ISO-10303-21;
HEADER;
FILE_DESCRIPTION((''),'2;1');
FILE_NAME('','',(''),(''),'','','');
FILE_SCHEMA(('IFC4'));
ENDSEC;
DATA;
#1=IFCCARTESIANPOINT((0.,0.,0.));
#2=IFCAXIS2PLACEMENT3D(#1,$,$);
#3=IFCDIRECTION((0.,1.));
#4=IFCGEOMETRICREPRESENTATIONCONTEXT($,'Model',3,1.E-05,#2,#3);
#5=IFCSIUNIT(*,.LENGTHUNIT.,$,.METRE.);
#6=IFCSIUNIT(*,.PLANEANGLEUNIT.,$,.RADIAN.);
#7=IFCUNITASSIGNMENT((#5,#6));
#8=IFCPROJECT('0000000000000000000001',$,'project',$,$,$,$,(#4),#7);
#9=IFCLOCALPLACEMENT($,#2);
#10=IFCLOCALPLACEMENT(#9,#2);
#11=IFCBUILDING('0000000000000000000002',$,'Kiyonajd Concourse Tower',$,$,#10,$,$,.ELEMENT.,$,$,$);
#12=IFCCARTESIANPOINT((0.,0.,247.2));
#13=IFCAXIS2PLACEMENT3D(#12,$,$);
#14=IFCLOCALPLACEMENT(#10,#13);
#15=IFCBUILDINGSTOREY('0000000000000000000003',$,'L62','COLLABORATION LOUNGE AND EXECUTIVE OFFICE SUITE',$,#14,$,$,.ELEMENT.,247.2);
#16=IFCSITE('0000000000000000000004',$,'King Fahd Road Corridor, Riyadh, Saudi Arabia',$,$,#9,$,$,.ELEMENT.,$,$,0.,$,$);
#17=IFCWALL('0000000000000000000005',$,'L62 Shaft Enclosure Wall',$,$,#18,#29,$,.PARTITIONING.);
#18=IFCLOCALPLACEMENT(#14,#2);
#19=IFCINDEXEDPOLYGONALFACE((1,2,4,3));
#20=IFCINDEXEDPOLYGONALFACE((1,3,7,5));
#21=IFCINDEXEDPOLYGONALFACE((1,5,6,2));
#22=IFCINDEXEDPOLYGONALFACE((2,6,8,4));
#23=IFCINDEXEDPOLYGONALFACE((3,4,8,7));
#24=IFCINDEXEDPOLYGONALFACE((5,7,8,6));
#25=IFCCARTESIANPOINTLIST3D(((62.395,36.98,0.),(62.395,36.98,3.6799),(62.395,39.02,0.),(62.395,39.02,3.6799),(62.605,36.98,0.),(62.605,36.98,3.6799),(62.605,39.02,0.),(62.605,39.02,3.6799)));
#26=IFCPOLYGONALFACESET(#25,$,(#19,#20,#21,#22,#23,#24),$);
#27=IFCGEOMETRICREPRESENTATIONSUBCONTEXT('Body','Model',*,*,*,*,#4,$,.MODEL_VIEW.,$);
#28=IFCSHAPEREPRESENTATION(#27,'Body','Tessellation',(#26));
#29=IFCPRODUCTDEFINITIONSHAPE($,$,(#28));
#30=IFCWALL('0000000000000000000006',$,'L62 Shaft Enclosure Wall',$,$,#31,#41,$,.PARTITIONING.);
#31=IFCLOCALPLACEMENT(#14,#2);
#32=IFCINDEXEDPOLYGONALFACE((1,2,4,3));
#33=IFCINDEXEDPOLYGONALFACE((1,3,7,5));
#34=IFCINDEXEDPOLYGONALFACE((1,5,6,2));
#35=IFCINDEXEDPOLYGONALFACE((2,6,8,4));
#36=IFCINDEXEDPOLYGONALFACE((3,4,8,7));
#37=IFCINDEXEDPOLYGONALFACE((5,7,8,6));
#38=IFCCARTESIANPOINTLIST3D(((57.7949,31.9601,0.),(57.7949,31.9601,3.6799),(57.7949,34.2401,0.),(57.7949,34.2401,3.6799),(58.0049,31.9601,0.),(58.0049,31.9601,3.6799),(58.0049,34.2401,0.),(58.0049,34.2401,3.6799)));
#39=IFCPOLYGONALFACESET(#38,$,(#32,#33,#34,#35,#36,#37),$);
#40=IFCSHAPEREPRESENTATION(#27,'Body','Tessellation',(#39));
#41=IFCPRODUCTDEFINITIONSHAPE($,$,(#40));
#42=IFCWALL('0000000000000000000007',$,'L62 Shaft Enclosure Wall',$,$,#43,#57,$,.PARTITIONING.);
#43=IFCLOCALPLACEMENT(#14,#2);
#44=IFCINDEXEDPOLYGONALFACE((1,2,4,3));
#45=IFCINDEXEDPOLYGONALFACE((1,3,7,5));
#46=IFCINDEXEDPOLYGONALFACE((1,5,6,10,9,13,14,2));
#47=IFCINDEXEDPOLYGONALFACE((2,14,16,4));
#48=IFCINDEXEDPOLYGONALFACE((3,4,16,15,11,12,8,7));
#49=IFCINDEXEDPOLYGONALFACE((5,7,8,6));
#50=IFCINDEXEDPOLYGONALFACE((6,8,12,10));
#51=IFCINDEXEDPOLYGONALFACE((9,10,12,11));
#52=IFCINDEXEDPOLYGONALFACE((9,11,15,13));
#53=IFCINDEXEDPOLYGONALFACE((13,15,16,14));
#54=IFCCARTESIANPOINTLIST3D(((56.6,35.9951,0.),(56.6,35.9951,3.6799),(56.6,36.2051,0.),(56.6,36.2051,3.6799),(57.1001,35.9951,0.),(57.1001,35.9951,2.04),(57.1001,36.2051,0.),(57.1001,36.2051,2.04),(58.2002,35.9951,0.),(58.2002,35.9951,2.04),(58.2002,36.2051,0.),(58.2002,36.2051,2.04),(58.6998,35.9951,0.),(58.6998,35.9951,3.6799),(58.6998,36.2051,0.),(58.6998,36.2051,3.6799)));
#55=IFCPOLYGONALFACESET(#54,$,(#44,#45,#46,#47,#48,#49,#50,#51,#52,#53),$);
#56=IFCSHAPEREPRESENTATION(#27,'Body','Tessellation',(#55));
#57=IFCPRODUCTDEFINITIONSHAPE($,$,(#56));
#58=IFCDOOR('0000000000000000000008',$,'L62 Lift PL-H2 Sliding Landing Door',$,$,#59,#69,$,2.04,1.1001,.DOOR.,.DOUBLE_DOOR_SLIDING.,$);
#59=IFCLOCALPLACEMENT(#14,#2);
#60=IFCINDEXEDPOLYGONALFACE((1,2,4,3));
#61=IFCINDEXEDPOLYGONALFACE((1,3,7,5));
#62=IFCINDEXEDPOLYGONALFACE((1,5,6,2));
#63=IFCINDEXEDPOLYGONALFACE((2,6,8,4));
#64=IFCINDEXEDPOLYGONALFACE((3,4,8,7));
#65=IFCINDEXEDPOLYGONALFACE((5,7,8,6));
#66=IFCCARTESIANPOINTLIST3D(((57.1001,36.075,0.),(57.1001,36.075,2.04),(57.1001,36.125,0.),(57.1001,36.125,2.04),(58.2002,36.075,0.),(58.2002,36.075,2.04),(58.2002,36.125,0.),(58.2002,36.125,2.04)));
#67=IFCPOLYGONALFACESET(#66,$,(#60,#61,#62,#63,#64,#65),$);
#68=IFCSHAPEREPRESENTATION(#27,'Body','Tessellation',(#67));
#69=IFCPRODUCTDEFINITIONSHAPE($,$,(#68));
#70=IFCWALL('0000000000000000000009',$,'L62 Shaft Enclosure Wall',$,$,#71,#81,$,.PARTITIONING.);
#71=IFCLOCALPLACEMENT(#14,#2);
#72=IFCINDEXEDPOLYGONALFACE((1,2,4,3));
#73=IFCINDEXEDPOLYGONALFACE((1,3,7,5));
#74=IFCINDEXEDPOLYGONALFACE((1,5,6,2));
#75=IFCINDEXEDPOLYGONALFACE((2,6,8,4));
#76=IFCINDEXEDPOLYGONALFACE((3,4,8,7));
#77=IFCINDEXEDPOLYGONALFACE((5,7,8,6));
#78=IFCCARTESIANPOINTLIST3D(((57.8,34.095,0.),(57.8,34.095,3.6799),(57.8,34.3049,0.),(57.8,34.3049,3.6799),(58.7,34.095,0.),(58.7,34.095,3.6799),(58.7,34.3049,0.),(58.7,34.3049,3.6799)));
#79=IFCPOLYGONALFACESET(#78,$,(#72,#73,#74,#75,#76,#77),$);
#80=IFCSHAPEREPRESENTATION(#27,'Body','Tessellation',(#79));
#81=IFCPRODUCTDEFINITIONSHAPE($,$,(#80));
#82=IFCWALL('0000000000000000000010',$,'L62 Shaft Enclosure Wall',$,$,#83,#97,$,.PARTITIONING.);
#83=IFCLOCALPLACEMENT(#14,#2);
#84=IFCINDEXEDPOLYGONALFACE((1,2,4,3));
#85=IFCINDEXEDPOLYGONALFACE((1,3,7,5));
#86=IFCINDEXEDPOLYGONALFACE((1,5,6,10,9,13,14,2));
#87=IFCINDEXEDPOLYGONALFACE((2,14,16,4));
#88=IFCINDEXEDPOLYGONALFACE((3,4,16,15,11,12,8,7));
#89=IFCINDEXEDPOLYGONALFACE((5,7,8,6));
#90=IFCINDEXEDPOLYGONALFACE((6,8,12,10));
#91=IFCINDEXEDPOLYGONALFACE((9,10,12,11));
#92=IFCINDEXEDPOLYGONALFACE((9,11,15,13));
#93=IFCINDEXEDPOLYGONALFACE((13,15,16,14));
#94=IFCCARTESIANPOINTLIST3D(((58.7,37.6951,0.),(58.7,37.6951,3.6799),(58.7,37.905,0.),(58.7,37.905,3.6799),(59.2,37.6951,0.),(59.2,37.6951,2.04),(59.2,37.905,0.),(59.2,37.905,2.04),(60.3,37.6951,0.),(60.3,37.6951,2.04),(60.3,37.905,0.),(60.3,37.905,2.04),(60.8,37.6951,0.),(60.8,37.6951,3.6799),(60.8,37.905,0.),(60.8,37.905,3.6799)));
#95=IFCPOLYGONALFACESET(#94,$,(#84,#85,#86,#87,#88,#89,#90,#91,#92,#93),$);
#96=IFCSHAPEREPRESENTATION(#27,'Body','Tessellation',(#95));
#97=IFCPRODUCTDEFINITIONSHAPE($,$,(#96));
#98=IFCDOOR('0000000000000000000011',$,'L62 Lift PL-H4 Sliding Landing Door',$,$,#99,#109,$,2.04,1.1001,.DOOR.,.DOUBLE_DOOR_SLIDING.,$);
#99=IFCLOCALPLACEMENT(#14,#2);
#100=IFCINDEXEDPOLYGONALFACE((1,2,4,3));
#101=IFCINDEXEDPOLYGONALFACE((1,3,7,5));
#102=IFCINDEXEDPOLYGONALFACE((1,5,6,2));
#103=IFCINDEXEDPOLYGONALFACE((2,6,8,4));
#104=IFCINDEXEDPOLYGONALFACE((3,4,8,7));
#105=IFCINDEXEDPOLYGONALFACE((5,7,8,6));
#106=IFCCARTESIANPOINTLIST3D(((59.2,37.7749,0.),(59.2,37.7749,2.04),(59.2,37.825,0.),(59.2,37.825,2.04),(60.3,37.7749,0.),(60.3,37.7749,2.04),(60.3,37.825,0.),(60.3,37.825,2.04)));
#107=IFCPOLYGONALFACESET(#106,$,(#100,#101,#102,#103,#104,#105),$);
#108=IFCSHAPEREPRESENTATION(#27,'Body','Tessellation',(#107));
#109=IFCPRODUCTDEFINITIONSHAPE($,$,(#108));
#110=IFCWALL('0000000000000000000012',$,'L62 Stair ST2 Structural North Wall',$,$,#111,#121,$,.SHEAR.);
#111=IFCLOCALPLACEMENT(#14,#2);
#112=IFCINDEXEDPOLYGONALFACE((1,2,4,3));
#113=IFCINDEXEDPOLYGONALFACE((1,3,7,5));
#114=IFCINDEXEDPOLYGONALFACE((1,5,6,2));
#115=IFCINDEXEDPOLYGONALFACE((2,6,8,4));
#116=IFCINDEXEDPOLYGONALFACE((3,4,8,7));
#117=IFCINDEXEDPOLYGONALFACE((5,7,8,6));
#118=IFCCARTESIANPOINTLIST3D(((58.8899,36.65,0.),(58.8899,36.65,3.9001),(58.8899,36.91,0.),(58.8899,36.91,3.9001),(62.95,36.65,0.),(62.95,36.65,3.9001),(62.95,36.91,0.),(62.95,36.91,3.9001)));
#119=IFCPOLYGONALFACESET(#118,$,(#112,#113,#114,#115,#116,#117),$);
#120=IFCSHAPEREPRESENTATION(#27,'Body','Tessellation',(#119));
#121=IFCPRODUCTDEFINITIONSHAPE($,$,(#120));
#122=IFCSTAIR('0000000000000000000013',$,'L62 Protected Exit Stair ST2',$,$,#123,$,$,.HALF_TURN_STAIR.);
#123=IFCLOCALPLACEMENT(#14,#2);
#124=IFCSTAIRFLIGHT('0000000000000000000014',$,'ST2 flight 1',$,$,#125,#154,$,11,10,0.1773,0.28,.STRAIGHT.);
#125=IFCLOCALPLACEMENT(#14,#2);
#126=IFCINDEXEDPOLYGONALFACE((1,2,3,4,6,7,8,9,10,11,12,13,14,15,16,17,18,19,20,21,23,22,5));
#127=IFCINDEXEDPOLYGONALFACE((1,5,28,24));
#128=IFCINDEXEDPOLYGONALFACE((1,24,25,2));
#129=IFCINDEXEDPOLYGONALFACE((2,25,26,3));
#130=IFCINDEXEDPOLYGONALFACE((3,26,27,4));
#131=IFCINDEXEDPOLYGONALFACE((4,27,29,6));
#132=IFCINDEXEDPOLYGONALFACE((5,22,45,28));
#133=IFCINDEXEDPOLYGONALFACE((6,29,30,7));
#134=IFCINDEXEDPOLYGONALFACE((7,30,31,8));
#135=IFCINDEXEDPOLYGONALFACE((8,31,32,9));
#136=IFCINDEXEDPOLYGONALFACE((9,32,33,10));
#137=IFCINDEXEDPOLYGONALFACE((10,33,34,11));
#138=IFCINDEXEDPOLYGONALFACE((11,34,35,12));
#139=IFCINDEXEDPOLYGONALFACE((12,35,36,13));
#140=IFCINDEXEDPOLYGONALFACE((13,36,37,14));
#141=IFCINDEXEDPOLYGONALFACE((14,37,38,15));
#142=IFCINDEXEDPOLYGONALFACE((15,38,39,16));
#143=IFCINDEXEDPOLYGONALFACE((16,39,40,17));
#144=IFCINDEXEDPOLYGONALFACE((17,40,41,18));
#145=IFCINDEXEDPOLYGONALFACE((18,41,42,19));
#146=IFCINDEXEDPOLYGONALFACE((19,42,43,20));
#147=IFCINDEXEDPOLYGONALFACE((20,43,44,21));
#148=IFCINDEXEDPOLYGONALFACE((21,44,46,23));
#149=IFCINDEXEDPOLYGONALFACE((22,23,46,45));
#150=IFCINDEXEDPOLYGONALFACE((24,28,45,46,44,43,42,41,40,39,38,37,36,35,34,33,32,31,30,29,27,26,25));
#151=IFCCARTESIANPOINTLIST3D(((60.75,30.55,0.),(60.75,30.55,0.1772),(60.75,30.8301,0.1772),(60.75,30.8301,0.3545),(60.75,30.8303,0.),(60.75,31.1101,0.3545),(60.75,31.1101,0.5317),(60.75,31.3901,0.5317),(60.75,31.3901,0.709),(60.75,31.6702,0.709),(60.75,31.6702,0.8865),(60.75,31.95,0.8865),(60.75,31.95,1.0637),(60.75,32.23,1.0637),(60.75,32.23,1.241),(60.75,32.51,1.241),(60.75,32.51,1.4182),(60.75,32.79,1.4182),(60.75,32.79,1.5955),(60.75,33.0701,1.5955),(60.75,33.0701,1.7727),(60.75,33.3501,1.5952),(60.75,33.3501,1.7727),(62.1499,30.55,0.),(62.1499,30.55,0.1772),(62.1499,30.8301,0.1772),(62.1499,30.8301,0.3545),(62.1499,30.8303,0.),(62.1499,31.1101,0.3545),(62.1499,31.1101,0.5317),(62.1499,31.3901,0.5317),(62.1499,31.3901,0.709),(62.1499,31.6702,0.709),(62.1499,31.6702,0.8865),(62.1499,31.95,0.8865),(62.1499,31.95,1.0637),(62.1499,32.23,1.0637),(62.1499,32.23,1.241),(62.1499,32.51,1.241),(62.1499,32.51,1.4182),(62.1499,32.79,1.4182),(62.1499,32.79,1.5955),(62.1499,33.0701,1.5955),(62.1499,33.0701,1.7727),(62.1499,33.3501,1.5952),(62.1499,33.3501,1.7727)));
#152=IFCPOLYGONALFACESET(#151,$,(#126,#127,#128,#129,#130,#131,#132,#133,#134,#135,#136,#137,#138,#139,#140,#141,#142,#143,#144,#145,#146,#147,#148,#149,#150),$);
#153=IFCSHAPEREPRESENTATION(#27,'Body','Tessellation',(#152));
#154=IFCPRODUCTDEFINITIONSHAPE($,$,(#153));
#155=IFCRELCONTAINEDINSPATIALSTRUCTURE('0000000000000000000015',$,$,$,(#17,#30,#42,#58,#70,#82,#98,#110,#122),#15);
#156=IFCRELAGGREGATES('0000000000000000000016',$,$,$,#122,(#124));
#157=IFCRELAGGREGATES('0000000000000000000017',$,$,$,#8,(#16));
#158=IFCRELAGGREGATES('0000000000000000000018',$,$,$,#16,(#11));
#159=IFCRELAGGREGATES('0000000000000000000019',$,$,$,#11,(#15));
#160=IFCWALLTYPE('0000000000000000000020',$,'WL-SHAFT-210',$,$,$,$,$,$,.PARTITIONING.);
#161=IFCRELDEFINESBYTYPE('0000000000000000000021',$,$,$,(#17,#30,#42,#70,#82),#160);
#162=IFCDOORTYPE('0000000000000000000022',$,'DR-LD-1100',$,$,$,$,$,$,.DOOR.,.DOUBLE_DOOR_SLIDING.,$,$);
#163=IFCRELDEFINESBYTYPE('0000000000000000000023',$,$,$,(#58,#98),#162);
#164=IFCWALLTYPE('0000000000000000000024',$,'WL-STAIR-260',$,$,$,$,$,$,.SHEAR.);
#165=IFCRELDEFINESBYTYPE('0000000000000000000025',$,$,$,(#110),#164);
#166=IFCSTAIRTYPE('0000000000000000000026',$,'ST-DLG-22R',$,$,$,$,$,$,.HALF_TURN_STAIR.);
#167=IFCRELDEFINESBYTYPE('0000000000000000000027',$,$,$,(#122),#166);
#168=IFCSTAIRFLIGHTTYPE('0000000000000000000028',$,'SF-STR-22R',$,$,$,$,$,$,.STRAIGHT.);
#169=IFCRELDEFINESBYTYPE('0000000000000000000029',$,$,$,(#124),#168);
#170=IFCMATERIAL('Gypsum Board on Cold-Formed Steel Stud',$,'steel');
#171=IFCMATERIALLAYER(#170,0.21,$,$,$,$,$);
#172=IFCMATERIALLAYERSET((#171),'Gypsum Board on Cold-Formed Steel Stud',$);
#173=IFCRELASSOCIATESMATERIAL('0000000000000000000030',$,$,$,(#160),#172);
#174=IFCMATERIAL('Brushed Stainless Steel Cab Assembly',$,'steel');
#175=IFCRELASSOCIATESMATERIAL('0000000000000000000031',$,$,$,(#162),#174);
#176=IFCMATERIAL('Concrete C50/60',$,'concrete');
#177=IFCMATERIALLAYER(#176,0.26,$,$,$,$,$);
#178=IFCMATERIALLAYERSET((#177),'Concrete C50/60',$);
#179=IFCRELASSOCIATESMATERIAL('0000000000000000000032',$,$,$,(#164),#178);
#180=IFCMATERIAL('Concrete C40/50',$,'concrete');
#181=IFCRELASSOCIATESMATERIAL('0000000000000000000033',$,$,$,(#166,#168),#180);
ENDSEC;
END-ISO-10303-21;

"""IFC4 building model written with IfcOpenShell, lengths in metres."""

from ifc_helpers import new_model, si_unit, direction, frame, frame_2d, origin, place, context, subcontext, project, spatial, polyline, rectangle, outline, extrude, material, layer, layer_set, type_object, element, fill, aggregate, save


model = new_model("IFC4")

# Units and contexts
model_context = context("Model", 3, precision=1e-05, world=origin(), true_north=direction((0.0, 1.0)))
body_context = subcontext(model_context, "Body", "Model", "MODEL_VIEW")
ifc_project = project(units=[si_unit("LENGTHUNIT", "METRE"), si_unit("PLANEANGLEUNIT", "RADIAN")], contexts=[model_context])

# Site, building, storey
site_placement = place(None, origin())
site = spatial("IfcSite", under=ifc_project, at=site_placement, Name="King Fahd Road Corridor, Riyadh, Saudi Arabia", CompositionType="ELEMENT", RefElevation=0.0)
building_placement = place(site_placement, origin())
building = spatial("IfcBuilding", under=site, at=building_placement, Name="Kiyonajd Concourse Tower", CompositionType="ELEMENT")
storey_placement = place(building_placement, frame((0.0, 0.0, 247.2)))
storey = spatial("IfcBuildingStorey", under=building, at=storey_placement, Name="L62", Description="COLLABORATION LOUNGE AND EXECUTIVE OFFICE SUITE", CompositionType="ELEMENT", Elevation=247.2)

# Shared definitions
ifc_material_1 = material(Name="Concrete C50/60", Category="concrete")

# Walls
ifc_material_2 = material(Name="Gypsum Board on Cold-Formed Steel Stud", Category="steel")
ifc_layer_1 = layer(ifc_material_2, 0.21)
ifc_layer_set_1 = layer_set([ifc_layer_1], Name="Gypsum Board on Cold-Formed Steel Stud")
wall_type_1 = type_object("IfcWallType", Name="WL-SHAFT-210", PredefinedType="PARTITIONING", material=ifc_layer_set_1)
wall_1_placement = place(storey_placement, frame((62.5, 36.98, 0.0), z_axis=(0.0, 0.0, 1.0), x_axis=(0.0, 1.0, 0.0)))
element("IfcWall", 1, at=wall_1_placement, inside=storey, type_object=wall_type_1, Name="L62 Shaft Enclosure Wall", PredefinedType="PARTITIONING", context=body_context, shape_type="SweptSolid", body=[
    extrude(rectangle(XDim=2.04, YDim=0.21, at=frame_2d((1.02, 0.0))), origin(), (0.0, 0.0, 1.0), 3.6799),
])
wall_2_placement = place(storey_placement, frame((57.8999, 31.96, 0.0), z_axis=(0.0, 0.0, 1.0), x_axis=(0.0, 1.0, 0.0)))
element("IfcWall", 2, at=wall_2_placement, inside=storey, type_object=wall_type_1, Name="L62 Shaft Enclosure Wall", PredefinedType="PARTITIONING", context=body_context, shape_type="SweptSolid", body=[
    extrude(rectangle(XDim=2.28, YDim=0.21, at=frame_2d((1.1401, 0.0))), origin(), (0.0, 0.0, 1.0), 3.6799),
])

# Wall, opening, door
wall_3_placement = place(storey_placement, frame((56.6001, 36.1001, 0.0), z_axis=(0.0, 0.0, 1.0), x_axis=(1.0, 0.0, 0.0)))
wall_3 = element("IfcWall", 3, at=wall_3_placement, inside=storey, type_object=wall_type_1, Name="L62 Shaft Enclosure Wall", PredefinedType="PARTITIONING", context=body_context, shape_type="SweptSolid", body=[
    extrude(rectangle(XDim=2.0999, YDim=0.21, at=frame_2d((1.0498, 0.0))), origin(), (0.0, 0.0, 1.0), 3.6799),
])
opening_1_placement = place(wall_3_placement, frame((0.5, 0.0, 0.0)))
opening_1 = element("IfcOpeningElement", 4, at=opening_1_placement, cuts=wall_3, PredefinedType="OPENING", context=body_context, shape_type="SweptSolid", body=[
    extrude(rectangle(XDim=1.1001, YDim=2.04, at=frame_2d((0.55, 1.02))), frame((0.0, 0.115, 0.0), z_axis=(0.0, -1.0, 0.0), x_axis=(1.0, 0.0, 0.0)), (0.0, 0.0, 1.0), 0.23),
])
ifc_material_3 = material(Name="Brushed Stainless Steel Cab Assembly", Category="steel")
door_type = type_object("IfcDoorType", Name="DR-LD-1100", OperationType="DOUBLE_DOOR_SLIDING", PredefinedType="DOOR", material=ifc_material_3)
door_1_placement = place(opening_1_placement, origin())
door_1 = element("IfcDoor", 5, at=door_1_placement, inside=storey, type_object=door_type, Name="L62 Lift PL-H2 Sliding Landing Door", OperationType="DOUBLE_DOOR_SLIDING", OverallHeight=2.04, OverallWidth=1.1001, PredefinedType="DOOR", context=body_context, shape_type="SweptSolid", body=[
    extrude(rectangle(XDim=1.1001, YDim=2.04, at=frame_2d((0.55, 1.02))), frame((0.0, 0.0249, 0.0), z_axis=(0.0, -1.0, 0.0), x_axis=(1.0, 0.0, 0.0)), (0.0, 0.0, 1.0), 0.05),
])
fill(opening_1, door_1)

# Wall
wall_4_placement = place(storey_placement, frame((57.8, 34.2, 0.0), z_axis=(0.0, 0.0, 1.0), x_axis=(1.0, 0.0, 0.0)))
element("IfcWall", 6, at=wall_4_placement, inside=storey, type_object=wall_type_1, Name="L62 Shaft Enclosure Wall", PredefinedType="PARTITIONING", context=body_context, shape_type="SweptSolid", body=[
    extrude(rectangle(XDim=0.8999, YDim=0.21, at=frame_2d((0.45, 0.0))), origin(), (0.0, 0.0, 1.0), 3.6799),
])

# Wall, opening, door
wall_5_placement = place(storey_placement, frame((58.7, 37.8, 0.0), z_axis=(0.0, 0.0, 1.0), x_axis=(1.0, 0.0, 0.0)))
wall_5 = element("IfcWall", 7, at=wall_5_placement, inside=storey, type_object=wall_type_1, Name="L62 Shaft Enclosure Wall", PredefinedType="PARTITIONING", context=body_context, shape_type="SweptSolid", body=[
    extrude(rectangle(XDim=2.1001, YDim=0.21, at=frame_2d((1.05, 0.0))), origin(), (0.0, 0.0, 1.0), 3.6799),
])
opening_2_placement = place(wall_5_placement, frame((0.5, 0.0, 0.0)))
opening_2 = element("IfcOpeningElement", 8, at=opening_2_placement, cuts=wall_5, PredefinedType="OPENING", context=body_context, shape_type="SweptSolid", body=[
    extrude(rectangle(XDim=1.1001, YDim=2.04, at=frame_2d((0.55, 1.02))), frame((0.0, 0.115, 0.0), z_axis=(0.0, -1.0, 0.0), x_axis=(1.0, 0.0, 0.0)), (0.0, 0.0, 1.0), 0.23),
])
door_2_placement = place(opening_2_placement, origin())
door_2 = element("IfcDoor", 9, at=door_2_placement, inside=storey, type_object=door_type, Name="L62 Lift PL-H4 Sliding Landing Door", OperationType="DOUBLE_DOOR_SLIDING", OverallHeight=2.04, OverallWidth=1.1001, PredefinedType="DOOR", context=body_context, shape_type="SweptSolid", body=[
    extrude(rectangle(XDim=1.1001, YDim=2.04, at=frame_2d((0.55, 1.02))), frame((0.0, 0.0249, 0.0), z_axis=(0.0, -1.0, 0.0), x_axis=(1.0, 0.0, 0.0)), (0.0, 0.0, 1.0), 0.05),
])
fill(opening_2, door_2)

# Wall
ifc_layer_2 = layer(ifc_material_1, 0.26)
ifc_layer_set_2 = layer_set([ifc_layer_2], Name="Concrete C50/60")
wall_type_2 = type_object("IfcWallType", Name="WL-STAIR-260", PredefinedType="SHEAR", material=ifc_layer_set_2)
wall_6_placement = place(storey_placement, frame((58.8899, 36.78, 0.0), z_axis=(0.0, 0.0, 1.0), x_axis=(1.0, 0.0, 0.0)))
element("IfcWall", 10, at=wall_6_placement, inside=storey, type_object=wall_type_2, Name="L62 Stair ST2 Structural North Wall", PredefinedType="SHEAR", context=body_context, shape_type="SweptSolid", body=[
    extrude(rectangle(XDim=4.0601, YDim=0.26, at=frame_2d((2.03, 0.0))), origin(), (0.0, 0.0, 1.0), 3.9001),
])

# Stair, stair flight
ifc_material_4 = material(Name="Concrete C40/50", Category="concrete")
stair_type = type_object("IfcStairType", Name="ST-DLG-22R", PredefinedType="HALF_TURN_STAIR", material=ifc_material_4)
stair_placement = place(storey_placement, origin())
stair = element("IfcStair", 11, at=stair_placement, inside=storey, type_object=stair_type, Name="L62 Protected Exit Stair ST2", PredefinedType="HALF_TURN_STAIR")
stair_flight_type = type_object("IfcStairFlightType", Name="SF-STR-22R", PredefinedType="STRAIGHT", material=ifc_material_4)
stair_flight_1_placement = place(storey_placement, frame((61.45, 30.55, 0.0), z_axis=(0.0, 0.0, 1.0), x_axis=(0.0, 1.0, 0.0)))
stair_flight_1 = element("IfcStairFlight", 12, at=stair_flight_1_placement, type_object=stair_flight_type, Name="ST2 flight 1", NumberOfRisers=11, NumberOfTreads=10, PredefinedType="STRAIGHT", RiserHeight=0.1773, TreadLength=0.28, context=body_context, shape_type="SweptSolid", body=[
    extrude(outline(polyline([(0.0, 0.0), (0.0, 0.1772), (0.28, 0.1772), (0.28, 0.3545), (0.5601, 0.3545), (0.5601, 0.5317), (0.8401, 0.5317), (0.8401, 0.709), (1.1201, 0.709), (1.1201, 0.8865), (1.3999, 0.8865), (1.3999, 1.0637), (1.6799, 1.0637), (1.6799, 1.241), (1.96, 1.241), (1.96, 1.4182), (2.24, 1.4182), (2.24, 1.5955), (2.52, 1.5955), (2.52, 1.7727), (2.8, 1.7727), (2.8, 1.95), (2.8, 1.5952), (0.2803, 0.0), (0.0, 0.0)])), frame((0.0, 0.7, 0.0), z_axis=(0.0, -1.0, 0.0), x_axis=(1.0, 0.0, 0.0)), (0.0, 0.0, 1.0), 1.3999),
])
aggregate(stair, [stair_flight_1])

save(model, "model.ifc")
